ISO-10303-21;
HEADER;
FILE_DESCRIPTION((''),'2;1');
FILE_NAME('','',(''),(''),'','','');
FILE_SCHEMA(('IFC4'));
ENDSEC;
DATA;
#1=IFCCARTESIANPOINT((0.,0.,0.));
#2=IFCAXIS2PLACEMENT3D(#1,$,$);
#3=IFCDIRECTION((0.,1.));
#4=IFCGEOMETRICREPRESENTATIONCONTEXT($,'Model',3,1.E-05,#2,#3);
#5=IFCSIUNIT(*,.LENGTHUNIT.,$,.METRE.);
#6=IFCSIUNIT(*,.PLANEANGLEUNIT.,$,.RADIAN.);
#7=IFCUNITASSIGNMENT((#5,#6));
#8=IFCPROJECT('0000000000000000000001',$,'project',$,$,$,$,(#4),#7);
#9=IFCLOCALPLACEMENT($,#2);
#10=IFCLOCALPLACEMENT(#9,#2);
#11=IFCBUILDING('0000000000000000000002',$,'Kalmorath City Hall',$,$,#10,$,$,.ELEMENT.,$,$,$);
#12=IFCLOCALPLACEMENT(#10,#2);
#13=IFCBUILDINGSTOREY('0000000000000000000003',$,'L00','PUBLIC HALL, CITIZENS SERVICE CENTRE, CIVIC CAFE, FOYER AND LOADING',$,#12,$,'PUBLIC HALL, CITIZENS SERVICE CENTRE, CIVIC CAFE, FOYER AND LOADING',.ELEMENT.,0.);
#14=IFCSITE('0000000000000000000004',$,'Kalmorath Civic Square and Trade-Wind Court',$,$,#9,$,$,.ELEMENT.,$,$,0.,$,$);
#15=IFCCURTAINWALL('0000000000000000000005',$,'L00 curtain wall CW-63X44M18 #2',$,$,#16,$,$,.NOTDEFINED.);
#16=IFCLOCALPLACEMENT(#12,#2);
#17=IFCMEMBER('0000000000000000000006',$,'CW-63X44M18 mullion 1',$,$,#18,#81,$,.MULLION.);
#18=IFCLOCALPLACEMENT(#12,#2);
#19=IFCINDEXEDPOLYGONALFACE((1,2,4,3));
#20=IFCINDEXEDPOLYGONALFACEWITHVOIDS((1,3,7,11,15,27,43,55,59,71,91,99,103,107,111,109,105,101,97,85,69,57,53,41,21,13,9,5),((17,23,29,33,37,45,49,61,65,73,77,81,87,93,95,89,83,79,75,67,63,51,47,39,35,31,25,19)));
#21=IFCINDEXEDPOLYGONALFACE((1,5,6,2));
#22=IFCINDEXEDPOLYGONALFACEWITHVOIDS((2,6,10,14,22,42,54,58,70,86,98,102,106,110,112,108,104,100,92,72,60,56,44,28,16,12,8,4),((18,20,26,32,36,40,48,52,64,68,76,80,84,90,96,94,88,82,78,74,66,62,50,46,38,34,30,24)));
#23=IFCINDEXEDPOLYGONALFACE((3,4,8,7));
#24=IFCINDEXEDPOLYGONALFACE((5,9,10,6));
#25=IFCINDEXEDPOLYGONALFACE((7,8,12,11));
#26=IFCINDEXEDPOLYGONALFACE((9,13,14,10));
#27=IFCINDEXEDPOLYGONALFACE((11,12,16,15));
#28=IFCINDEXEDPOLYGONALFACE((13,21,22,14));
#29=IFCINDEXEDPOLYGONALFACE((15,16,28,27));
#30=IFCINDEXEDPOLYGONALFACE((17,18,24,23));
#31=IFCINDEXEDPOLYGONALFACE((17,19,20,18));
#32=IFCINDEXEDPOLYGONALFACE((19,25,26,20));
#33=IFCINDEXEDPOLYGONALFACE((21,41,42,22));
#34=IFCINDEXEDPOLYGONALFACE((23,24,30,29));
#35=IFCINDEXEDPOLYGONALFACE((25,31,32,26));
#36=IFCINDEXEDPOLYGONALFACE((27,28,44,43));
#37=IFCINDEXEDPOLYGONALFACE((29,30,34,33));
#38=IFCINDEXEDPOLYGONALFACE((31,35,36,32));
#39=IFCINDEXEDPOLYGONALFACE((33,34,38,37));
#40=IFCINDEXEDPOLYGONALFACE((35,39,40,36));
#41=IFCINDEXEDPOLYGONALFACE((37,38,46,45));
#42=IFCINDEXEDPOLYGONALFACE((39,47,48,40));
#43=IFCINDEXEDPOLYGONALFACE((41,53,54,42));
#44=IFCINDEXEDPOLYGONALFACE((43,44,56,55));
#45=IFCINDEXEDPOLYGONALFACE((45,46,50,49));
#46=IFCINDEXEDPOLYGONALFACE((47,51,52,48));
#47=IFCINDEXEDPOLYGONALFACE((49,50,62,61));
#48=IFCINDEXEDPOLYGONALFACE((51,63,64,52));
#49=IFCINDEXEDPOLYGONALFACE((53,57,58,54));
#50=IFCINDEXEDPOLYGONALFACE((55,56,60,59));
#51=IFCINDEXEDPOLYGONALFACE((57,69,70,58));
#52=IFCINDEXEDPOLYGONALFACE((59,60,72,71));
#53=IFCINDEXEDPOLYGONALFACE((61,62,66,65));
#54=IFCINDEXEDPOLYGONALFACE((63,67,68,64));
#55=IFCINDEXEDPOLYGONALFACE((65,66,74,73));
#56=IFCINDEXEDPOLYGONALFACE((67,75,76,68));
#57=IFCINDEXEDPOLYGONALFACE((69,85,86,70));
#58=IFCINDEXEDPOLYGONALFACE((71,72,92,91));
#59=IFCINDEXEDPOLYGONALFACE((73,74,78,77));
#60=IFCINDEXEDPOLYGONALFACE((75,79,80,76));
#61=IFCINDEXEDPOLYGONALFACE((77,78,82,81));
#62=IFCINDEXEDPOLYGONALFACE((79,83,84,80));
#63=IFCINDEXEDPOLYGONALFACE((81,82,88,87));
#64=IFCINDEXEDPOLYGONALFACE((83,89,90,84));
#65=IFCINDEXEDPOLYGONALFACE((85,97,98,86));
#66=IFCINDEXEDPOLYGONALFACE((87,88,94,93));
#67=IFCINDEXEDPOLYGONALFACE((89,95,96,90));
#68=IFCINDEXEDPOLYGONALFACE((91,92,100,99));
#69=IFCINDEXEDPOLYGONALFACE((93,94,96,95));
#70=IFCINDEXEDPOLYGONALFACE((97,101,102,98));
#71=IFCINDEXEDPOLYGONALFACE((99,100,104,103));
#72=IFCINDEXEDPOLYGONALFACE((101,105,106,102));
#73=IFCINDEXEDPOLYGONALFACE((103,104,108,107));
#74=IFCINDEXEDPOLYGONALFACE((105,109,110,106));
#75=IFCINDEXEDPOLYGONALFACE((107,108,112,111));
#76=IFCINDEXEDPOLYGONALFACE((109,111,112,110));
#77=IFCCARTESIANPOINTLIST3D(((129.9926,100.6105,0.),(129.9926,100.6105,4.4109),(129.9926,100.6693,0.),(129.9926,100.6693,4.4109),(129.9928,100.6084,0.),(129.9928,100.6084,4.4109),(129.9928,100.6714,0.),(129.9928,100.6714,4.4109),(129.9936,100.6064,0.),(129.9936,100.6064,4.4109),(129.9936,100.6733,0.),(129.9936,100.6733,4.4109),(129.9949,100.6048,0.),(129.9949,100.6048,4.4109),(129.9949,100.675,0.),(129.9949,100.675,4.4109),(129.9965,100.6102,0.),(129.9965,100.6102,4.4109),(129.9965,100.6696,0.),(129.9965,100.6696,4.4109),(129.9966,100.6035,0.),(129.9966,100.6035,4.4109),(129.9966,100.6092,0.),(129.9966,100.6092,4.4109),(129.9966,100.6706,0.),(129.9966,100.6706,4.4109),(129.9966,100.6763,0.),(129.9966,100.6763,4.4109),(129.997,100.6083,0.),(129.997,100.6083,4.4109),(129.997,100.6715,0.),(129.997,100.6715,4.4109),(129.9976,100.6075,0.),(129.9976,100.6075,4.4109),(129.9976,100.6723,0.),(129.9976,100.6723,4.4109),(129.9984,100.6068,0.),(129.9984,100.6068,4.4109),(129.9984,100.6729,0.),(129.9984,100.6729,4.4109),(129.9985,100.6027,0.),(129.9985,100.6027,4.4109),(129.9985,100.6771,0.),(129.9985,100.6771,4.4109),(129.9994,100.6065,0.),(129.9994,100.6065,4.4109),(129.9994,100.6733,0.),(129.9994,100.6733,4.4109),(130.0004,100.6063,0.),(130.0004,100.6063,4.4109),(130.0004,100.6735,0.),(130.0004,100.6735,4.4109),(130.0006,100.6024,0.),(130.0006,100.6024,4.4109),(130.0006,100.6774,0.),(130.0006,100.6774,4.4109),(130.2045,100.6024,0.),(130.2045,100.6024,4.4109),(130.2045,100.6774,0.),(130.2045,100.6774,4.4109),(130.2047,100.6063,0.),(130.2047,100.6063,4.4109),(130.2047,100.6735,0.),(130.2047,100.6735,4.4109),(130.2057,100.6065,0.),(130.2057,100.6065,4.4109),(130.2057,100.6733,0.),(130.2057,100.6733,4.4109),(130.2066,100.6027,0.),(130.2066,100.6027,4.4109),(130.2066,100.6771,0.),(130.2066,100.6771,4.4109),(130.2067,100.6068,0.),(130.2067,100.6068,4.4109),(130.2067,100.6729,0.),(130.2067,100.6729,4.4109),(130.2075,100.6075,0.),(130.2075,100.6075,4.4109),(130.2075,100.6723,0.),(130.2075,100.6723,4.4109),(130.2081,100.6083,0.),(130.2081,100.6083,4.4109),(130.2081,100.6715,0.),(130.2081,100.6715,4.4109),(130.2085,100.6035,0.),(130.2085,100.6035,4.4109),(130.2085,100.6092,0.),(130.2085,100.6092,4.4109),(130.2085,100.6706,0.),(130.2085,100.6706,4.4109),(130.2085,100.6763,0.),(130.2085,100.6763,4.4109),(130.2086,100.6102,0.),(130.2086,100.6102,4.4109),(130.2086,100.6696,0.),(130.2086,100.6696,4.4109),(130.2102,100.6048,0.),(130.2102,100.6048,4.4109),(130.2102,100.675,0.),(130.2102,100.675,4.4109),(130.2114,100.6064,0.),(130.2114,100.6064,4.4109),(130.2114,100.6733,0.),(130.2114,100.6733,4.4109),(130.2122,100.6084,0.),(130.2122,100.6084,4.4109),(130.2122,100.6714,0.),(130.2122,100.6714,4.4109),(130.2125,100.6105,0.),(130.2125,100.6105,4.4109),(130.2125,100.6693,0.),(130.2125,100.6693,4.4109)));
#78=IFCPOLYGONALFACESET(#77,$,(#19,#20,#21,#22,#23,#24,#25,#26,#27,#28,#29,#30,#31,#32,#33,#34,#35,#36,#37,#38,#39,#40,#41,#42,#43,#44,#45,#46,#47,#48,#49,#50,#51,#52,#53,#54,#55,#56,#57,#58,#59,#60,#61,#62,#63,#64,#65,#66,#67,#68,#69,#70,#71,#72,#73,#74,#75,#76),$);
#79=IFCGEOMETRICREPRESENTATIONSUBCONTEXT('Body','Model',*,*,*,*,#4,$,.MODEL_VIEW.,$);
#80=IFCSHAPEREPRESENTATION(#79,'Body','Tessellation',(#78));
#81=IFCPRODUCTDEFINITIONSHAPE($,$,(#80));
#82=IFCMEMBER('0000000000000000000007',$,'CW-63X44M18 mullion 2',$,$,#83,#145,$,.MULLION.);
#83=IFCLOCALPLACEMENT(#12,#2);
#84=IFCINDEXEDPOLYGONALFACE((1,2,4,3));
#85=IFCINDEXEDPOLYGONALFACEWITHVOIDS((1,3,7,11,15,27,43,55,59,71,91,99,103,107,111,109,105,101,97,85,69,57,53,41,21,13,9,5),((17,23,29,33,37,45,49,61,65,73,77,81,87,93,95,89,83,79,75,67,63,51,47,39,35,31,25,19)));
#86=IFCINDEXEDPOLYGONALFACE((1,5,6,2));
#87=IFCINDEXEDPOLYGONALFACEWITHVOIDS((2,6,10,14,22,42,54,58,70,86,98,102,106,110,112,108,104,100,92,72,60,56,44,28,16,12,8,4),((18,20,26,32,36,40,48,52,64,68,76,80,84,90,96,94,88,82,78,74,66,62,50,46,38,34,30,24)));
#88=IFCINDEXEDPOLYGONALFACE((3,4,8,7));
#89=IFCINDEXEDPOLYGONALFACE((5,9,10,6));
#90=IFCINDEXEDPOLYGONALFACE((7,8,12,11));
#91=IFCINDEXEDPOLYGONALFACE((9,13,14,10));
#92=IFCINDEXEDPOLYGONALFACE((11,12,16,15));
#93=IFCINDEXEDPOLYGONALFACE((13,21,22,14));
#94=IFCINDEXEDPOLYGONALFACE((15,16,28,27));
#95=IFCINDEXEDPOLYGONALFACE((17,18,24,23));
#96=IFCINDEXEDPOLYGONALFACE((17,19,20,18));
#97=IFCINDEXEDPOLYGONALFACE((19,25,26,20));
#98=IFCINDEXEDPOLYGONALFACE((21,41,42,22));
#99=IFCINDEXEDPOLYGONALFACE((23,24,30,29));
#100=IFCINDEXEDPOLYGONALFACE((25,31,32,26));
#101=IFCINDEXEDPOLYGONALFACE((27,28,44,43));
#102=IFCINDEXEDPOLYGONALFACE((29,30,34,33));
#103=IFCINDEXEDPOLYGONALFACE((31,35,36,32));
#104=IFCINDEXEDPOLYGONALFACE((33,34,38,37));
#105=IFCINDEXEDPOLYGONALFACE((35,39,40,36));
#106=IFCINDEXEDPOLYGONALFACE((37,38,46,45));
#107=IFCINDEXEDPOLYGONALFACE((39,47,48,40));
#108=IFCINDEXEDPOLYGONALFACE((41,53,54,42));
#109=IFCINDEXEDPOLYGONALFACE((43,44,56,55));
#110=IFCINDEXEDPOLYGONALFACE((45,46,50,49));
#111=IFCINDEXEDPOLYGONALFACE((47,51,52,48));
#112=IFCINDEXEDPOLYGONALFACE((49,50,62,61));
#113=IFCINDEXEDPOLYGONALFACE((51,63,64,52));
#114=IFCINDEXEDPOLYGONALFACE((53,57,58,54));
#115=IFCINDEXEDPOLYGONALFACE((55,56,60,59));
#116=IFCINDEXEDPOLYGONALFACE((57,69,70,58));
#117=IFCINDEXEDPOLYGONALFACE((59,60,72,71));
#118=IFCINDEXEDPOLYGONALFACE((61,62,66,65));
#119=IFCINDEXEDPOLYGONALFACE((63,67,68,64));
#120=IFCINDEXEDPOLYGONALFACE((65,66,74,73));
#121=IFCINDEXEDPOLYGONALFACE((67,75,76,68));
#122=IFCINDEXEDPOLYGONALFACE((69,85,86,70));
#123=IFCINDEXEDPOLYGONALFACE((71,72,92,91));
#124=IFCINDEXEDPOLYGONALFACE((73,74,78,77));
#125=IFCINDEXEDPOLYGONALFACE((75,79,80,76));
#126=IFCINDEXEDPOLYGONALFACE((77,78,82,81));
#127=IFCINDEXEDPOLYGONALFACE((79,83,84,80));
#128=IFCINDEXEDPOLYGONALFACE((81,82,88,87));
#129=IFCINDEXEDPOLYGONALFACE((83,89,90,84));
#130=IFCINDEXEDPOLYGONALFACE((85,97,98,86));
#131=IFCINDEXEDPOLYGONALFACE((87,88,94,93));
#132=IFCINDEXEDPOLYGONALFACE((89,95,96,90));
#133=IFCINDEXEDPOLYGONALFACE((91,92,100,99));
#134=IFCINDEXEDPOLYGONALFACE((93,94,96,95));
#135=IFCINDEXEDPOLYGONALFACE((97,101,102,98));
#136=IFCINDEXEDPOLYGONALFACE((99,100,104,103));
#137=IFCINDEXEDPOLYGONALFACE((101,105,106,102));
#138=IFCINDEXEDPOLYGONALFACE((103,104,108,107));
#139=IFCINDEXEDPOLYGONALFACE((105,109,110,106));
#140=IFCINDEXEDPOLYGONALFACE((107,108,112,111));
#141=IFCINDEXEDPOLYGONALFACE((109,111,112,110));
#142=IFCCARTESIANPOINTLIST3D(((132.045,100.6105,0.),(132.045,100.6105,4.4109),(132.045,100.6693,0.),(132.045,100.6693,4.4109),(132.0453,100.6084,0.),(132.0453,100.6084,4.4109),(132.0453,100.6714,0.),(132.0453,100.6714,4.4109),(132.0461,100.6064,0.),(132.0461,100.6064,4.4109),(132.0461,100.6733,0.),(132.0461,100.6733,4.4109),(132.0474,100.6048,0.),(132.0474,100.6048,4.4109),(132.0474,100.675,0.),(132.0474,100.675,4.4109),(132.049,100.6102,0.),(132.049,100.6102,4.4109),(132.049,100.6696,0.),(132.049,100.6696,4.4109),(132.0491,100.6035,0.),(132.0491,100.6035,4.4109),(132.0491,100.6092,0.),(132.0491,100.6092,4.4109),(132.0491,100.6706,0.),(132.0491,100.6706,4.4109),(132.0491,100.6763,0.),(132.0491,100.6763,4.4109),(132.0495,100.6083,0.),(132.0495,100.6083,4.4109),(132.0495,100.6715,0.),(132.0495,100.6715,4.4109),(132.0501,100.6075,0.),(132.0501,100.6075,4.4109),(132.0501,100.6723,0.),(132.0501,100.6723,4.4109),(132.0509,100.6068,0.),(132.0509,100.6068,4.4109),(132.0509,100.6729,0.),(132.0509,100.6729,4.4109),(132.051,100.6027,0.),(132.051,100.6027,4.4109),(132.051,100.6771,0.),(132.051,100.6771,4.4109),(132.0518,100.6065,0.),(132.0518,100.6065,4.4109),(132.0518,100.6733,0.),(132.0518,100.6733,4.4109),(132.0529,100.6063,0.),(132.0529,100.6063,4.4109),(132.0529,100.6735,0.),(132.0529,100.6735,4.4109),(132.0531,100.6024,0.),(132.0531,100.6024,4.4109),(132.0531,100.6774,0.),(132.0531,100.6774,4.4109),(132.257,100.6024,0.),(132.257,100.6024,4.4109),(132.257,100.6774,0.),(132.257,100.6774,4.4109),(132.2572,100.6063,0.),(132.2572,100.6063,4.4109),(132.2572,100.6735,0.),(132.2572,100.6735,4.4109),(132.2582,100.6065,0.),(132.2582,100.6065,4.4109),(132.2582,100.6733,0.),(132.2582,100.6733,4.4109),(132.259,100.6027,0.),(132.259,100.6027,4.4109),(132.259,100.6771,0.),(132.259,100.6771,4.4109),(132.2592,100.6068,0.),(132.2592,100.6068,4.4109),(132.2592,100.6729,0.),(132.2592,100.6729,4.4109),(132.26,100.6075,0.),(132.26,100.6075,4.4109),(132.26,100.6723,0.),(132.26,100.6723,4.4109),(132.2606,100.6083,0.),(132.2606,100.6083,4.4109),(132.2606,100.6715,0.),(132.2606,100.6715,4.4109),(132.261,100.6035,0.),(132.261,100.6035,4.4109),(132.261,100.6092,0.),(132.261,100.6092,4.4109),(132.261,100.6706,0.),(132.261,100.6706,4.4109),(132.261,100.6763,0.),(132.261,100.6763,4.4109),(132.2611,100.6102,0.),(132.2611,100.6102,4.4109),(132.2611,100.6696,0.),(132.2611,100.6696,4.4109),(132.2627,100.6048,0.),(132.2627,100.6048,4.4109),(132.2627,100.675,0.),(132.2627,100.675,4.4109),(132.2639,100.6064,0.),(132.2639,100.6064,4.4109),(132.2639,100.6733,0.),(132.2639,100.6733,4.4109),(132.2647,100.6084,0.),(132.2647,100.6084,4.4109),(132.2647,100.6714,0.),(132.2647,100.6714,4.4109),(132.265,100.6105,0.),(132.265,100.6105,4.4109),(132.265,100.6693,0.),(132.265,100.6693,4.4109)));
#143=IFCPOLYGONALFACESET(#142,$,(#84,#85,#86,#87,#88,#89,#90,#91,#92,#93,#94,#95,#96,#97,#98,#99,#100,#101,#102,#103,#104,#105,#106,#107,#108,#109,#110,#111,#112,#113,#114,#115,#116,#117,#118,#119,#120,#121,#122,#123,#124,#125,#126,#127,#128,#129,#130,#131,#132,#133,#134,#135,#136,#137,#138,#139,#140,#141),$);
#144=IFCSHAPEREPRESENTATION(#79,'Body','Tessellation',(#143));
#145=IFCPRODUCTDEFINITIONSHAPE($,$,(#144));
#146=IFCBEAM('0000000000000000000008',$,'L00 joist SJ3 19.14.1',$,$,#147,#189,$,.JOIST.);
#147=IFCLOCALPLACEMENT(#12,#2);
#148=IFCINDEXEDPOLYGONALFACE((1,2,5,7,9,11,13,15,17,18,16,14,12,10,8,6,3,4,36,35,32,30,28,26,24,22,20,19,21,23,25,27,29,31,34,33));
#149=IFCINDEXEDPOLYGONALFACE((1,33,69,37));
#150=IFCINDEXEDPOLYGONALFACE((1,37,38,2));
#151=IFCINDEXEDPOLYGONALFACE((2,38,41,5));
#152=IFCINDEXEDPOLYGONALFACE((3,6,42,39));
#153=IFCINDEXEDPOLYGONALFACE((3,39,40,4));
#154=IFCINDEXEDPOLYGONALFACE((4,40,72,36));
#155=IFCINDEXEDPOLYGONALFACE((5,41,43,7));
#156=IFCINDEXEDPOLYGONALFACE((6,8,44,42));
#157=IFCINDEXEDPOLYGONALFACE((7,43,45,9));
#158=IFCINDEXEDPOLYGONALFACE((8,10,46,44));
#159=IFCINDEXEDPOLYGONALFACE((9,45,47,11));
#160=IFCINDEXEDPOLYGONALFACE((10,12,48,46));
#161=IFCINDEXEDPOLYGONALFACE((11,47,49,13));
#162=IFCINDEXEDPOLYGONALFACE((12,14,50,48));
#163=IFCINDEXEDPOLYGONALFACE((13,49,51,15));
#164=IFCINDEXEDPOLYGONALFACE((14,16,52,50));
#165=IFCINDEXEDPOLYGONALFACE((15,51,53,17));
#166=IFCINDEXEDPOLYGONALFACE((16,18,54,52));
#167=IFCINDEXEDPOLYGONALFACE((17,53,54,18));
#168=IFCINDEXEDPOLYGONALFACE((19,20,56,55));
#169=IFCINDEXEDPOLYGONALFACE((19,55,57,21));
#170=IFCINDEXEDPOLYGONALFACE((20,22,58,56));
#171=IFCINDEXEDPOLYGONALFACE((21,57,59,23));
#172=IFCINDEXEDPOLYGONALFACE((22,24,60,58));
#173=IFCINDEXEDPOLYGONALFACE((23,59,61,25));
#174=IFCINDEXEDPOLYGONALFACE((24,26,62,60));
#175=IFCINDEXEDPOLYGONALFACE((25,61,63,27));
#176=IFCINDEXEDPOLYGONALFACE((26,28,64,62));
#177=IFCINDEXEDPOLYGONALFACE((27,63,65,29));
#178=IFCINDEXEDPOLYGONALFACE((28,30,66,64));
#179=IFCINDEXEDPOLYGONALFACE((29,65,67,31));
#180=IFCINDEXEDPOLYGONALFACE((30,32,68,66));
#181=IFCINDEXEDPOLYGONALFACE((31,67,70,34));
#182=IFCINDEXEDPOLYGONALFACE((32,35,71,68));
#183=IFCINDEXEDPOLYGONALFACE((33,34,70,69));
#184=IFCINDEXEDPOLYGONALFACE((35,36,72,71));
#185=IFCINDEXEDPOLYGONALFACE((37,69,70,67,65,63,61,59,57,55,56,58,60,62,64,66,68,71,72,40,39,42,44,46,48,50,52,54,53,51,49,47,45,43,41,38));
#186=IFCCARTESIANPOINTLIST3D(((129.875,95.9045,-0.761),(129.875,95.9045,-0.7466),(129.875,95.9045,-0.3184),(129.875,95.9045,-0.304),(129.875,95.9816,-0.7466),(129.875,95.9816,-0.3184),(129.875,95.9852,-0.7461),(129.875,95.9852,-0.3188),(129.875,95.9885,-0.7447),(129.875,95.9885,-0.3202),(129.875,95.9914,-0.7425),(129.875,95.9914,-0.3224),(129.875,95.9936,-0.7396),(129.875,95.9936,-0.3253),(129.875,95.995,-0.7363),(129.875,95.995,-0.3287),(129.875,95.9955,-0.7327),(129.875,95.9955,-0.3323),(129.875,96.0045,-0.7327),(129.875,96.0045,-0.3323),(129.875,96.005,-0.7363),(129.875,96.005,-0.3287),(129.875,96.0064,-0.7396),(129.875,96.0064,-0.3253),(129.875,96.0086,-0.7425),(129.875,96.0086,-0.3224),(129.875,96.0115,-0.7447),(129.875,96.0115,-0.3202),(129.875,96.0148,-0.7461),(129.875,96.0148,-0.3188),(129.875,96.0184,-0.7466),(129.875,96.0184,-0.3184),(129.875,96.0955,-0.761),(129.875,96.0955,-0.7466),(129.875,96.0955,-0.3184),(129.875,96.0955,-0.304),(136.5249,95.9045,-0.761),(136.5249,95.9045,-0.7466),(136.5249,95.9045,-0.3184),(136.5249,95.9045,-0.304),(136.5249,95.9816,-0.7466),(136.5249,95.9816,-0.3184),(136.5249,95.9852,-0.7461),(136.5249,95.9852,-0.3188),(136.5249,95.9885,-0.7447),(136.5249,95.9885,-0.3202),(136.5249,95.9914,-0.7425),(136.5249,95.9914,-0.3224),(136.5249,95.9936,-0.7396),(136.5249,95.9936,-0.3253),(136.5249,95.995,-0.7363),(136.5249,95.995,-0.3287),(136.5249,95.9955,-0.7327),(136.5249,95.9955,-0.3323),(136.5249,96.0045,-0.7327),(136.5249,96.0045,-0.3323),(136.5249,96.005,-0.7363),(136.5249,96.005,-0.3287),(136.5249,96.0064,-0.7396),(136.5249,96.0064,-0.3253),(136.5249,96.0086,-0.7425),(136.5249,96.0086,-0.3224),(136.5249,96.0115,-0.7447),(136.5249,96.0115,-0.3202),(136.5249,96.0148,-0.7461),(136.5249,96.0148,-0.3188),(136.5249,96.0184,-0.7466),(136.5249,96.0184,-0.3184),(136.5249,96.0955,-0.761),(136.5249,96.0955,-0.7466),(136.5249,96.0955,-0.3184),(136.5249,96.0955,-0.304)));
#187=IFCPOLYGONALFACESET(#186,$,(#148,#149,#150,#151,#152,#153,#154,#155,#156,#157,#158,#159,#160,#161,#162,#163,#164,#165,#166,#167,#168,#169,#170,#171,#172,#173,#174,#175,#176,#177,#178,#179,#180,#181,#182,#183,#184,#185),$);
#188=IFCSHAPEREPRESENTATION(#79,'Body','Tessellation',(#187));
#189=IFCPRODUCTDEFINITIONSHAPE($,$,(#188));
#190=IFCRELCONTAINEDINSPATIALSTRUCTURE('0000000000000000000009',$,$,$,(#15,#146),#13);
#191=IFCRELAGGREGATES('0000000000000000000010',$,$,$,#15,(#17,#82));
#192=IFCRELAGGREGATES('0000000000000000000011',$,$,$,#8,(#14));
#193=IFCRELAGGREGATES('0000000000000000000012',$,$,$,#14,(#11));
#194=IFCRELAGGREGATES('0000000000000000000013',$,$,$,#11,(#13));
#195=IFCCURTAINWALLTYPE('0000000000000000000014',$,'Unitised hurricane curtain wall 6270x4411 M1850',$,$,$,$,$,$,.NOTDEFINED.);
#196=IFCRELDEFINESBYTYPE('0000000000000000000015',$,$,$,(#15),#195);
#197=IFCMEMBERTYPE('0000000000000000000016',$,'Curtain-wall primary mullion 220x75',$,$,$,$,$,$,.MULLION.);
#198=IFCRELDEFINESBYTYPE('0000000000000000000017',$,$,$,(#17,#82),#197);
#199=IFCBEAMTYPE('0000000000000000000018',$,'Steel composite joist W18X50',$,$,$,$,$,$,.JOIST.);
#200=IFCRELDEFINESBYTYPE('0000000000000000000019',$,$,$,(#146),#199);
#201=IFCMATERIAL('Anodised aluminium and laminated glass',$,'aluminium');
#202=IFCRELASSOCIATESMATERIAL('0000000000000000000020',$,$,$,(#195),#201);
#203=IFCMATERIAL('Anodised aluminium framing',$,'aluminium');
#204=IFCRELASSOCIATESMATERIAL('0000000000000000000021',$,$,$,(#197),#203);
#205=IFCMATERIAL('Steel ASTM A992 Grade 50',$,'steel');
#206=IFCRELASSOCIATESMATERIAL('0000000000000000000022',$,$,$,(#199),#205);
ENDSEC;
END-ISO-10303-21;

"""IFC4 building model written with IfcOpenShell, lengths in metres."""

from ifc_helpers import new_model, si_unit, direction, frame, origin, origin_2d, place, context, subcontext, project, spatial, hollow_rectangle, i_section, extrude, material, material_profile, profile_set, type_object, element, aggregate, save


model = new_model("IFC4")

# Units and contexts
model_context = context("Model", 3, precision=1e-05, world=origin(), true_north=direction((0.0, 1.0)))
body_context = subcontext(model_context, "Body", "Model", "MODEL_VIEW")
ifc_project = project(units=[si_unit("LENGTHUNIT", "METRE"), si_unit("PLANEANGLEUNIT", "RADIAN")], contexts=[model_context])

# Site, building, storey
site_placement = place(None, origin())
site = spatial("IfcSite", under=ifc_project, at=site_placement, Name="Kalmorath Civic Square and Trade-Wind Court", CompositionType="ELEMENT", RefElevation=0.0)
building_placement = place(site_placement, origin())
building = spatial("IfcBuilding", under=site, at=building_placement, Name="Kalmorath City Hall", CompositionType="ELEMENT")
storey_placement = place(building_placement, origin())
storey = spatial("IfcBuildingStorey", under=building, at=storey_placement, Name="L00", Description="PUBLIC HALL, CITIZENS SERVICE CENTRE, CIVIC CAFE, FOYER AND LOADING", LongName="PUBLIC HALL, CITIZENS SERVICE CENTRE, CIVIC CAFE, FOYER AND LOADING", CompositionType="ELEMENT", Elevation=0.0)

# Curtain wall, members
ifc_material_1 = material(Name="Anodised aluminium and laminated glass", Category="aluminium")
curtain_wall_type = type_object("IfcCurtainWallType", Name="Unitised hurricane curtain wall 6270x4411 M1850", PredefinedType="NOTDEFINED", material=ifc_material_1)
curtain_wall_placement = place(storey_placement, origin())
curtain_wall = element("IfcCurtainWall", 1, at=curtain_wall_placement, inside=storey, type_object=curtain_wall_type, Name="L00 curtain wall CW-63X44M18 #2", PredefinedType="NOTDEFINED")
ifc_material_2 = material(Name="Anodised aluminium framing", Category="aluminium")
ifc_material_profile_1 = material_profile(ifc_material_2, hollow_rectangle(XDim=0.075, YDim=0.22, WallThickness=0.0039, InnerFilletRadius=0.0039, OuterFilletRadius=0.0081, at=origin_2d()), Name="ALU-MUL-220X75X4")
ifc_profile_set_1 = profile_set([ifc_material_profile_1], Name="Anodised aluminium framing")
member_type_1 = type_object("IfcMemberType", Name="Curtain-wall primary mullion 220x75", PredefinedType="MULLION", material=ifc_profile_set_1)
member_1_placement = place(storey_placement, frame((130.1025, 100.6399, 0.0), z_axis=(0.0, 0.0, 1.0), x_axis=(0.0, 1.0, 0.0)))
member_1 = element("IfcMember", 2, at=member_1_placement, type_object=member_type_1, Name="CW-63X44M18 mullion 1", PredefinedType="MULLION", context=body_context, shape_type="SweptSolid", body=[
    extrude(hollow_rectangle(XDim=0.075, YDim=0.22, WallThickness=0.0039, InnerFilletRadius=0.0039, OuterFilletRadius=0.0081, at=origin_2d()), origin(), (0.0, 0.0, 1.0), 4.4109),
])
member_2_placement = place(storey_placement, frame((132.155, 100.6399, 0.0), z_axis=(0.0, 0.0, 1.0), x_axis=(0.0, 1.0, 0.0)))
member_2 = element("IfcMember", 3, at=member_2_placement, type_object=member_type_1, Name="CW-63X44M18 mullion 2", PredefinedType="MULLION", context=body_context, shape_type="SweptSolid", body=[
    extrude(hollow_rectangle(XDim=0.075, YDim=0.22, WallThickness=0.0039, InnerFilletRadius=0.0039, OuterFilletRadius=0.0081, at=origin_2d()), origin(), (0.0, 0.0, 1.0), 4.4109),
])

# Beam
ifc_material_3 = material(Name="Steel ASTM A992 Grade 50", Category="steel")
ifc_material_profile_2 = material_profile(ifc_material_3, i_section(OverallWidth=0.1909, OverallDepth=0.457, WebThickness=0.009, FlangeThickness=0.0144, FilletRadius=0.0139, at=origin_2d()), Name="W18X50")
ifc_profile_set_2 = profile_set([ifc_material_profile_2], Name="Steel ASTM A992 Grade 50")
beam_type_1 = type_object("IfcBeamType", Name="Steel composite joist W18X50", PredefinedType="JOIST", material=ifc_profile_set_2)
for number, where, z_axis, x_axis, name in (
    (4, (129.875, 96.0, -0.5325), (1.0, 0.0, 0.0), (0.0, 1.0, 0.0), "L00 joist SJ3 19.14.1"),
):
    element("IfcBeam", number, at=place(storey_placement, frame(where, z_axis=z_axis, x_axis=x_axis)), inside=storey, type_object=beam_type_1, Name=name, PredefinedType="JOIST", context=body_context, shape_type="SweptSolid", body=[
        extrude(i_section(OverallWidth=0.1909, OverallDepth=0.457, WebThickness=0.009, FlangeThickness=0.0144, FilletRadius=0.0139, at=origin_2d()), origin(), (0.0, 0.0, 1.0), 6.6499),
    ])

aggregate(curtain_wall, [member_1, member_2])

save(model, "model.ifc")
